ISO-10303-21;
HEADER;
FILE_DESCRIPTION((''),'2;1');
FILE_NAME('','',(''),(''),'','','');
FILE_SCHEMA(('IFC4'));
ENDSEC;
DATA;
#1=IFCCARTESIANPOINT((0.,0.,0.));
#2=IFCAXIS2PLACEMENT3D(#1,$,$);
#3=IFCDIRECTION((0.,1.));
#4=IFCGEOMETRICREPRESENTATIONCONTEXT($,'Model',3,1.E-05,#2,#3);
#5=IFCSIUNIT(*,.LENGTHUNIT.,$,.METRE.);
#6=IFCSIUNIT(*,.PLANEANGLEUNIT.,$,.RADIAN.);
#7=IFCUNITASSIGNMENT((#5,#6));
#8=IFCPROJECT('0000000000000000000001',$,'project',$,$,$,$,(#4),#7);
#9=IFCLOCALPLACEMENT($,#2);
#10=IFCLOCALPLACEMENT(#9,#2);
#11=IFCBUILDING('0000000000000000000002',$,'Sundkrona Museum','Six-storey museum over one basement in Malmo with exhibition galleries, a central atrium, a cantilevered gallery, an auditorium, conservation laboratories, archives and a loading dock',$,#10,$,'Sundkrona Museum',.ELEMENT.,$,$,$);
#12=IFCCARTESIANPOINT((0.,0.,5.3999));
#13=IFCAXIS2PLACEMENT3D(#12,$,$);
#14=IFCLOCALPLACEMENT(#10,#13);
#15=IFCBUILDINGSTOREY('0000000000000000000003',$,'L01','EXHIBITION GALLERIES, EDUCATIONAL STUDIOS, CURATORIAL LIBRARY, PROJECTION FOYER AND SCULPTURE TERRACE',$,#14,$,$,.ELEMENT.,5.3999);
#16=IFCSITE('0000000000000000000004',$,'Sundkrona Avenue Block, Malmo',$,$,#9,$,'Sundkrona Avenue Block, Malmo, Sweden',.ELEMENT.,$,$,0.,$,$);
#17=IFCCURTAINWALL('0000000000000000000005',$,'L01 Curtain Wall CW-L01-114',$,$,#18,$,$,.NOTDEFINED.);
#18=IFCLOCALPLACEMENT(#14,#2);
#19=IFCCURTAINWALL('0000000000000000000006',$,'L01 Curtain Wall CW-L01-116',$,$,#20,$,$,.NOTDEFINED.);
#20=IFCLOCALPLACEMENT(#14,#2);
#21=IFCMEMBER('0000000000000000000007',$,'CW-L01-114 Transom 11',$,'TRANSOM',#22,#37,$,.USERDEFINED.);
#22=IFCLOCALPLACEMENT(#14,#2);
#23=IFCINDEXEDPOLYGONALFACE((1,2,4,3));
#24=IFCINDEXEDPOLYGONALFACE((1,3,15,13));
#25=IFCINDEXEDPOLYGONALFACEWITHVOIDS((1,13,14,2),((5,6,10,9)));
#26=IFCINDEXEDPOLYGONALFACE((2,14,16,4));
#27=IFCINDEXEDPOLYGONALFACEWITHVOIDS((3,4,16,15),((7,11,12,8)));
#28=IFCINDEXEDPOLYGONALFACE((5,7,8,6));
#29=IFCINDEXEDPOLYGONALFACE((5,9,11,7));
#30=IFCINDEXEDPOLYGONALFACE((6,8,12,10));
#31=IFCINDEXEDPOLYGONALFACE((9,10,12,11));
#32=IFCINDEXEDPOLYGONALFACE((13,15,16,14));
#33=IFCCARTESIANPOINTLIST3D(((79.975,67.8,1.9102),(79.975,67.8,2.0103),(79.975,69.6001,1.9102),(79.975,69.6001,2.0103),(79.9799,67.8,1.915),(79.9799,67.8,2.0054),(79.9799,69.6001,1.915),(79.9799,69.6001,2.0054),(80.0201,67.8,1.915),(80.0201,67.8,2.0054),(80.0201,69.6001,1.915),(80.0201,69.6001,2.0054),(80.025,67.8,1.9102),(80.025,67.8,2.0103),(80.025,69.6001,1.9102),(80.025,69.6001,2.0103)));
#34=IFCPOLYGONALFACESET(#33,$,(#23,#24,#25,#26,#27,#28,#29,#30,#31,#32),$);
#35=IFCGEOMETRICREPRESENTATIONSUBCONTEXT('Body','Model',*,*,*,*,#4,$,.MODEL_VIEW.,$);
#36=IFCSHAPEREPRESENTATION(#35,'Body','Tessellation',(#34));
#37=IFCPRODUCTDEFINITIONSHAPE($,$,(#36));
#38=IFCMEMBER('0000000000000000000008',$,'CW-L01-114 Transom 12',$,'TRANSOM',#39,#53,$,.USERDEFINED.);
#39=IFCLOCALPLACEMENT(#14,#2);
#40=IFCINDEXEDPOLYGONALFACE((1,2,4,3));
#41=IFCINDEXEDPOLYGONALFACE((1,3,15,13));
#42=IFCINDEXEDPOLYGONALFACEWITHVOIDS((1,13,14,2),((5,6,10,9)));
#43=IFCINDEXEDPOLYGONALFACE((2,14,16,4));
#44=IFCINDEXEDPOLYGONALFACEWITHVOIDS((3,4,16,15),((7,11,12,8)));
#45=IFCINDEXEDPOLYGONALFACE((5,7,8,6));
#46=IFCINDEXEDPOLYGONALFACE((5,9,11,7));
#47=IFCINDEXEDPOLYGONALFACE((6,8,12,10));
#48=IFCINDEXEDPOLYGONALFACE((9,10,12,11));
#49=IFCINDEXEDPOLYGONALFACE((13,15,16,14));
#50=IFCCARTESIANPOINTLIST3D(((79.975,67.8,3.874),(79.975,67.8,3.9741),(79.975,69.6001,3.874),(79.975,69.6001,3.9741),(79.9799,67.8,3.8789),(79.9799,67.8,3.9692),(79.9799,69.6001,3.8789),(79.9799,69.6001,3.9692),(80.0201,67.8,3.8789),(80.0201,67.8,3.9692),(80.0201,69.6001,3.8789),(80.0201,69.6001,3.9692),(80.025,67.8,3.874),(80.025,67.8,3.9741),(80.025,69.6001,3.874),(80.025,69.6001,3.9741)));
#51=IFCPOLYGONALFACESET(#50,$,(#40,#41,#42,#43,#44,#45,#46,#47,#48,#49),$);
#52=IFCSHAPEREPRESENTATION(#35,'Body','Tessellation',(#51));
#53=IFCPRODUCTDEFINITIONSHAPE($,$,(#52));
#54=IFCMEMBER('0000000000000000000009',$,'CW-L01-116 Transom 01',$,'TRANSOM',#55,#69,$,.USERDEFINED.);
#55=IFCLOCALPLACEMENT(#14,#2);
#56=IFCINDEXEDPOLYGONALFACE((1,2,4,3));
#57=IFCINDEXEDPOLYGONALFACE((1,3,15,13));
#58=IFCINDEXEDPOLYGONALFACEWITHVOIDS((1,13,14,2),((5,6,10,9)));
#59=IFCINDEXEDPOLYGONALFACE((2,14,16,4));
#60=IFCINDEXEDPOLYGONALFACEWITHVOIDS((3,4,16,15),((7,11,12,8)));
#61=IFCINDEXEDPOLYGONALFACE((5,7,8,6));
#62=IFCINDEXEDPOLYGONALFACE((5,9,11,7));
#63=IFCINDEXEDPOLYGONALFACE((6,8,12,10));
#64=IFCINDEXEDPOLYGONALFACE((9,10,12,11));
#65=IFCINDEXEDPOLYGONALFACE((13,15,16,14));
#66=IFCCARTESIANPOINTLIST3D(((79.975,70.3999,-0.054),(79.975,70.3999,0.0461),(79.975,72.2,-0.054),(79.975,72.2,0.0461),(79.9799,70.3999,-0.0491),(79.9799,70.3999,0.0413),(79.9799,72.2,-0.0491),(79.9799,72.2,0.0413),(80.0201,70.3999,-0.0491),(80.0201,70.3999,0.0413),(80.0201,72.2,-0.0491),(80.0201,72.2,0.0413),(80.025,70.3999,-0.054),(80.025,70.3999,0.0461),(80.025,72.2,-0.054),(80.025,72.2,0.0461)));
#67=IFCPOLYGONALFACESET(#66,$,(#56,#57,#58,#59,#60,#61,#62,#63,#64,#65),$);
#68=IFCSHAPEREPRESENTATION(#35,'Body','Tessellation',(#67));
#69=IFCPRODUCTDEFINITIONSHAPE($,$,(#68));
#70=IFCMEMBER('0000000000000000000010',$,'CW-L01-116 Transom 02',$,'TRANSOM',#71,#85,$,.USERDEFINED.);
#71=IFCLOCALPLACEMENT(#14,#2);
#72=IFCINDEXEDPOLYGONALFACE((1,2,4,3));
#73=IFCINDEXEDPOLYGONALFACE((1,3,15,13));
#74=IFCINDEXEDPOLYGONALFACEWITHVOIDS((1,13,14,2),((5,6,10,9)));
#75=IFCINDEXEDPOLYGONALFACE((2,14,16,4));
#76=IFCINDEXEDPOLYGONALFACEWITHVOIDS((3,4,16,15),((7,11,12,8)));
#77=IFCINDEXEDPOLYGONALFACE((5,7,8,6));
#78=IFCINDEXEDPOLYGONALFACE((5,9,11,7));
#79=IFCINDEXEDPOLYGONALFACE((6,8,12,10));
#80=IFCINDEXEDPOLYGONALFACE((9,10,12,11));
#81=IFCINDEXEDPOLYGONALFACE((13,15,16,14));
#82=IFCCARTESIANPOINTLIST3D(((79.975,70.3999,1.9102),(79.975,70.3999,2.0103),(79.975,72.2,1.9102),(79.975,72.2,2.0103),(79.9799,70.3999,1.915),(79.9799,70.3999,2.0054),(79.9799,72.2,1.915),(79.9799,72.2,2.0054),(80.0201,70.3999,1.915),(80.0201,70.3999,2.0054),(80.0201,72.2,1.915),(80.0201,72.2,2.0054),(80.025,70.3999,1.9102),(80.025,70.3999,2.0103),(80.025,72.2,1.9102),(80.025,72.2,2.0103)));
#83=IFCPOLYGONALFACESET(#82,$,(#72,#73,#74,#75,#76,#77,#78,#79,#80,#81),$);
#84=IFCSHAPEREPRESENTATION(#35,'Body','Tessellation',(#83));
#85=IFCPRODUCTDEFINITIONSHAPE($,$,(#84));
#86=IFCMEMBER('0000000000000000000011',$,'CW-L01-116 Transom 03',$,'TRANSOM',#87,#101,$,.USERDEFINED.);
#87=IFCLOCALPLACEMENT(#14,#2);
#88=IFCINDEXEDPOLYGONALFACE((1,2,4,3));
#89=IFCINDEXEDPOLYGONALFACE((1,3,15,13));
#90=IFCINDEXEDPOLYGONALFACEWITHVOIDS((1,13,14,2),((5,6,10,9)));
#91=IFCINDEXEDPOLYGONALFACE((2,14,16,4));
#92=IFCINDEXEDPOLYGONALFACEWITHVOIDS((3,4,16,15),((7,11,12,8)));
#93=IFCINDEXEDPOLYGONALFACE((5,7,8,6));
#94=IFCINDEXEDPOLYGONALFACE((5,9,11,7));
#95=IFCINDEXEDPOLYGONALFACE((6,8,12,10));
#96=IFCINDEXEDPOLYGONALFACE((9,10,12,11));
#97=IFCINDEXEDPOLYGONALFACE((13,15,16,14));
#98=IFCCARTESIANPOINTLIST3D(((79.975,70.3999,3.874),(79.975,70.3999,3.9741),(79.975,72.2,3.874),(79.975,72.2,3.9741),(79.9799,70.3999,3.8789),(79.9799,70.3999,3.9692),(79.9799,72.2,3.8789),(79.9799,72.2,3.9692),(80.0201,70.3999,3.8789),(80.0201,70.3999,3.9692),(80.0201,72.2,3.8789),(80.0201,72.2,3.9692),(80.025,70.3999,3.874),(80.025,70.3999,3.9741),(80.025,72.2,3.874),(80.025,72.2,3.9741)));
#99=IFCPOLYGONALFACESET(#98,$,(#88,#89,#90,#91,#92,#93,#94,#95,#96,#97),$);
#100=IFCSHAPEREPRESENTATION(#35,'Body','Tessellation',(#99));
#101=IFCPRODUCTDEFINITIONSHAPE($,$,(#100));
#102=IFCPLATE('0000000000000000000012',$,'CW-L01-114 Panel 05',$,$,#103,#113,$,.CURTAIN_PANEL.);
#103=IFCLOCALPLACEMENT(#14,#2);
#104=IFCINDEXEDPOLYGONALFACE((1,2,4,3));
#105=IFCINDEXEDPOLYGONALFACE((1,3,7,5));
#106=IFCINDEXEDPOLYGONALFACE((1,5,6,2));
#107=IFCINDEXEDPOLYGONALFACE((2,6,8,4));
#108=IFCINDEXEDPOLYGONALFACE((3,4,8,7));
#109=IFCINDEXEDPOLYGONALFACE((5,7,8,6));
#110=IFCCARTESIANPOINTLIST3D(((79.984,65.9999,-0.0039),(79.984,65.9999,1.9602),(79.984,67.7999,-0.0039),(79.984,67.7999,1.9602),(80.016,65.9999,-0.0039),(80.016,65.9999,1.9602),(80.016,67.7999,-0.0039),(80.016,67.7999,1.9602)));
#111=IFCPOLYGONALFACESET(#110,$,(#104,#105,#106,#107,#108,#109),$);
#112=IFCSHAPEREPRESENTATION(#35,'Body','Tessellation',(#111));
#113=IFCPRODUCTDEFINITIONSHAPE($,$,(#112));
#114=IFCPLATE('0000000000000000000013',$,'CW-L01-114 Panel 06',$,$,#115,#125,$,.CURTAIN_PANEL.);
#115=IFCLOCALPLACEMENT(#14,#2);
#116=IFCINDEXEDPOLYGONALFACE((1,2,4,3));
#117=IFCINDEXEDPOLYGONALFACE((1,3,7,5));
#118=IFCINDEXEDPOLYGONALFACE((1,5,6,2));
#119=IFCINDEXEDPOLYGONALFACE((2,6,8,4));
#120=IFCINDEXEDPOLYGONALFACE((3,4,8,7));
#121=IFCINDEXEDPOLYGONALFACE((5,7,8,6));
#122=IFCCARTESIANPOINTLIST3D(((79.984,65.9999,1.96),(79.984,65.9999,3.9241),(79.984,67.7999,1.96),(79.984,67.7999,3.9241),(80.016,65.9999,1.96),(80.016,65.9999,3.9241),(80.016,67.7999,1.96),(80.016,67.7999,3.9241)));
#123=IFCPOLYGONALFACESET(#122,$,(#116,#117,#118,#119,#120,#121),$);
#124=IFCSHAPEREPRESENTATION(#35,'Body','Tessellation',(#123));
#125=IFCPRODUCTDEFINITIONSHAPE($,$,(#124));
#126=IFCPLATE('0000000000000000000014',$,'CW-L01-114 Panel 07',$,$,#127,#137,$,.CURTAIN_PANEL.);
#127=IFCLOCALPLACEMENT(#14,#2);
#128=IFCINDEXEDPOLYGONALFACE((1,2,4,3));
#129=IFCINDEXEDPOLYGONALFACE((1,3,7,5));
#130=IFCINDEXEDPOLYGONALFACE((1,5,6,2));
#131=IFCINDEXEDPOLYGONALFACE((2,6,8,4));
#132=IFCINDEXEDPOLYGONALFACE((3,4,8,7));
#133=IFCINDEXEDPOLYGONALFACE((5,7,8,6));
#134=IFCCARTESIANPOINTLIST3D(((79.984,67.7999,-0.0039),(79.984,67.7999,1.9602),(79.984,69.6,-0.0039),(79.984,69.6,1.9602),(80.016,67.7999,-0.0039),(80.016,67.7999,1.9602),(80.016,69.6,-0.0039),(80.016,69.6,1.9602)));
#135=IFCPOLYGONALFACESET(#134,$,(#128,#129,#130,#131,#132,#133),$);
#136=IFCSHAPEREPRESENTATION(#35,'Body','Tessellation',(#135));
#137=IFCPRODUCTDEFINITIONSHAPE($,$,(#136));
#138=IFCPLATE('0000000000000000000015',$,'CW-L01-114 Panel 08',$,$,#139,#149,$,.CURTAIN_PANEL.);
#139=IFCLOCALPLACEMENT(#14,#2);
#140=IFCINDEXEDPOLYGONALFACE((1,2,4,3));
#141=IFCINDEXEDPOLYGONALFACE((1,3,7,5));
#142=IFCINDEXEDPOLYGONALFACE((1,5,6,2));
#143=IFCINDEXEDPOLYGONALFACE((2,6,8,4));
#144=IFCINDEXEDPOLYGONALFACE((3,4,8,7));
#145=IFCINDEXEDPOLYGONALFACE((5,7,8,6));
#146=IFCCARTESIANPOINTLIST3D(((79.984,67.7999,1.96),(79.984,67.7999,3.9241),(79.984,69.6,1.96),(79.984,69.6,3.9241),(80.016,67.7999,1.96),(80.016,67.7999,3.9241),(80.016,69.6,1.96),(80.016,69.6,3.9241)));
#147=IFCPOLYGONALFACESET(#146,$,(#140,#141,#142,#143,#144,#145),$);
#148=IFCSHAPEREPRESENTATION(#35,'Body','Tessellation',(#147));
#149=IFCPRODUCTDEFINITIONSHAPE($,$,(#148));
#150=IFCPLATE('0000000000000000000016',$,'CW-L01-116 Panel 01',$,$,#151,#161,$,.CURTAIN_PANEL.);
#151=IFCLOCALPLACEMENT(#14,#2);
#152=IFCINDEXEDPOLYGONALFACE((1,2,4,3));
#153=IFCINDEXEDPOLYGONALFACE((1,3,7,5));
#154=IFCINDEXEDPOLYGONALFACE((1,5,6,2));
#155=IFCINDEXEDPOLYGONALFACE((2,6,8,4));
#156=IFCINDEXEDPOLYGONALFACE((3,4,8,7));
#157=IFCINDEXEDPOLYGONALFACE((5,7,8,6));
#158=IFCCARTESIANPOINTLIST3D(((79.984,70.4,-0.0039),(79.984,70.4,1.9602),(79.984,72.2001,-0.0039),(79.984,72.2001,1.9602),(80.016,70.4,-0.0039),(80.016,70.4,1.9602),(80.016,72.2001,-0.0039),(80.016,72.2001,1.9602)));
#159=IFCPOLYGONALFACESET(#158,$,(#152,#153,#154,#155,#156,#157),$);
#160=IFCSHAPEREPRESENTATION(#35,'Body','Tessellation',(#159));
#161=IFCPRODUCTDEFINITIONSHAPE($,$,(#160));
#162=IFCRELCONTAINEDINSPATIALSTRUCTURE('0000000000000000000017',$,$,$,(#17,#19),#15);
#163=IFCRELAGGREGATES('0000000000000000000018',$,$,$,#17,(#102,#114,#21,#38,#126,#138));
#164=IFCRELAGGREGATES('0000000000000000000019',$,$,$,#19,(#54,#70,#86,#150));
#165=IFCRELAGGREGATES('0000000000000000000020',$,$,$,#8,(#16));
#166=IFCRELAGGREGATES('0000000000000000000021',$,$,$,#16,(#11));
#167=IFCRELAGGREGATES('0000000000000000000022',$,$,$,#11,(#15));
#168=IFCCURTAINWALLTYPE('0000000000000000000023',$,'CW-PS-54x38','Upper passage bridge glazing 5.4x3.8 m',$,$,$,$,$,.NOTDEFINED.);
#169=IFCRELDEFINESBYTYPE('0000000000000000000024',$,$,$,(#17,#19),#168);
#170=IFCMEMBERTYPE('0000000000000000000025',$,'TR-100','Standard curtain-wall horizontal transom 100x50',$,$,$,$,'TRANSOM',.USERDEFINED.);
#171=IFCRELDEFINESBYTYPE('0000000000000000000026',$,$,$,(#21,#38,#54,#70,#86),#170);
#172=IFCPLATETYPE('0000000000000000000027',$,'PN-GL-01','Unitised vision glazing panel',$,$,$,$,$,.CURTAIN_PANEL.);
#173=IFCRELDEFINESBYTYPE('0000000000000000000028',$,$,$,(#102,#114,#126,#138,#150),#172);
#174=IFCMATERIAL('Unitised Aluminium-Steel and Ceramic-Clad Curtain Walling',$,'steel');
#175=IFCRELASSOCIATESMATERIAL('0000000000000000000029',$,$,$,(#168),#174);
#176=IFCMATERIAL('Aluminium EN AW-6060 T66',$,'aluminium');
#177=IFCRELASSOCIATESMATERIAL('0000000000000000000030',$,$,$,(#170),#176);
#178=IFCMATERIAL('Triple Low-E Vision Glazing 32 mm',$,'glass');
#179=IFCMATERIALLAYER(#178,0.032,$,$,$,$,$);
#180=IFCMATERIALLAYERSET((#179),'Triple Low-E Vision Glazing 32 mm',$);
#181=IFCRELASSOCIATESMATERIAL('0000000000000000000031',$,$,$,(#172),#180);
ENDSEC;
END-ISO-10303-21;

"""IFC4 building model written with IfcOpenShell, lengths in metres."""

from ifc_helpers import new_model, si_unit, direction, frame, origin, origin_2d, place, context, subcontext, project, spatial, rectangle, hollow_rectangle, extrude, material, layer, layer_set, material_profile, profile_set, type_object, element, aggregate, save


model = new_model("IFC4")

# Units and contexts
model_context = context("Model", 3, precision=1e-05, world=origin(), true_north=direction((0.0, 1.0)))
body_context = subcontext(model_context, "Body", "Model", "MODEL_VIEW")
ifc_project = project(units=[si_unit("LENGTHUNIT", "METRE"), si_unit("PLANEANGLEUNIT", "RADIAN")], contexts=[model_context])

# Site, building, storey
site_placement = place(None, origin())
site = spatial("IfcSite", under=ifc_project, at=site_placement, Name="Sundkrona Avenue Block, Malmo", LongName="Sundkrona Avenue Block, Malmo, Sweden", CompositionType="ELEMENT", RefElevation=0.0)
building_placement = place(site_placement, origin())
building = spatial("IfcBuilding", under=site, at=building_placement, Name="Sundkrona Museum", Description="Six-storey museum over one basement in Malmo with exhibition galleries, a central atrium, a cantilevered gallery, an auditorium, conservation laboratories, archives and a loading dock", LongName="Sundkrona Museum", CompositionType="ELEMENT")
storey_placement = place(building_placement, frame((0.0, 0.0, 5.3999)))
storey = spatial("IfcBuildingStorey", under=building, at=storey_placement, Name="L01", Description="EXHIBITION GALLERIES, EDUCATIONAL STUDIOS, CURATORIAL LIBRARY, PROJECTION FOYER AND SCULPTURE TERRACE", CompositionType="ELEMENT", Elevation=5.3999)

# Curtain wall
ifc_material_1 = material(Name="Unitised Aluminium-Steel and Ceramic-Clad Curtain Walling", Category="steel")
curtain_wall_type = type_object("IfcCurtainWallType", Name="CW-PS-54x38", Description="Upper passage bridge glazing 5.4x3.8 m", PredefinedType="NOTDEFINED", material=ifc_material_1)
curtain_wall_1_placement = place(storey_placement, origin())
curtain_wall_1 = element("IfcCurtainWall", 1, at=curtain_wall_1_placement, inside=storey, type_object=curtain_wall_type, Name="L01 Curtain Wall CW-L01-114", PredefinedType="NOTDEFINED")
ifc_material_2 = material(Name="Aluminium EN AW-6060 T66", Category="aluminium")

# Curtain wall
curtain_wall_2_placement = place(storey_placement, origin())
curtain_wall_2 = element("IfcCurtainWall", 2, at=curtain_wall_2_placement, inside=storey, type_object=curtain_wall_type, Name="L01 Curtain Wall CW-L01-116", PredefinedType="NOTDEFINED")

# Members
ifc_material_profile_1 = material_profile(ifc_material_2, hollow_rectangle(XDim=0.05, YDim=0.1001, WallThickness=0.0049, at=origin_2d()), Name="RHS 100x50x5.0")
ifc_profile_set_1 = profile_set([ifc_material_profile_1], Name="Aluminium EN AW-6060 T66")
member_type_1 = type_object("IfcMemberType", Name="TR-100", Description="Standard curtain-wall horizontal transom 100x50", ElementType="TRANSOM", PredefinedType="USERDEFINED", material=ifc_profile_set_1)
member_1_placement = place(storey_placement, frame((80.0, 67.8, 1.9602), z_axis=(0.0, 1.0, 0.0), x_axis=(-1.0, 0.0, 0.0)))
member_1 = element("IfcMember", 3, at=member_1_placement, type_object=member_type_1, Name="CW-L01-114 Transom 11", ObjectType="TRANSOM", PredefinedType="USERDEFINED", context=body_context, shape_type="SweptSolid", body=[
    extrude(hollow_rectangle(XDim=0.05, YDim=0.1001, WallThickness=0.0049, at=origin_2d()), origin(), (0.0, 0.0, 1.0), 1.8),
])
member_2_placement = place(storey_placement, frame((80.0, 67.8, 3.9241), z_axis=(0.0, 1.0, 0.0), x_axis=(-1.0, 0.0, 0.0)))
member_2 = element("IfcMember", 4, at=member_2_placement, type_object=member_type_1, Name="CW-L01-114 Transom 12", ObjectType="TRANSOM", PredefinedType="USERDEFINED", context=body_context, shape_type="SweptSolid", body=[
    extrude(hollow_rectangle(XDim=0.05, YDim=0.1001, WallThickness=0.0049, at=origin_2d()), origin(), (0.0, 0.0, 1.0), 1.8),
])
member_3_placement = place(storey_placement, frame((80.0, 70.3999, -0.0039), z_axis=(0.0, 1.0, 0.0), x_axis=(-1.0, 0.0, 0.0)))
member_3 = element("IfcMember", 5, at=member_3_placement, type_object=member_type_1, Name="CW-L01-116 Transom 01", ObjectType="TRANSOM", PredefinedType="USERDEFINED", context=body_context, shape_type="SweptSolid", body=[
    extrude(hollow_rectangle(XDim=0.05, YDim=0.1001, WallThickness=0.0049, at=origin_2d()), origin(), (0.0, 0.0, 1.0), 1.8),
])
member_4_placement = place(storey_placement, frame((80.0, 70.3999, 1.9602), z_axis=(0.0, 1.0, 0.0), x_axis=(-1.0, 0.0, 0.0)))
member_4 = element("IfcMember", 6, at=member_4_placement, type_object=member_type_1, Name="CW-L01-116 Transom 02", ObjectType="TRANSOM", PredefinedType="USERDEFINED", context=body_context, shape_type="SweptSolid", body=[
    extrude(hollow_rectangle(XDim=0.05, YDim=0.1001, WallThickness=0.0049, at=origin_2d()), origin(), (0.0, 0.0, 1.0), 1.8),
])
member_5_placement = place(storey_placement, frame((80.0, 70.3999, 3.9241), z_axis=(0.0, 1.0, 0.0), x_axis=(-1.0, 0.0, 0.0)))
member_5 = element("IfcMember", 7, at=member_5_placement, type_object=member_type_1, Name="CW-L01-116 Transom 03", ObjectType="TRANSOM", PredefinedType="USERDEFINED", context=body_context, shape_type="SweptSolid", body=[
    extrude(hollow_rectangle(XDim=0.05, YDim=0.1001, WallThickness=0.0049, at=origin_2d()), origin(), (0.0, 0.0, 1.0), 1.8),
])

# Plates
ifc_material_3 = material(Name="Triple Low-E Vision Glazing 32 mm", Category="glass")
ifc_layer = layer(ifc_material_3, 0.032)
ifc_layer_set = layer_set([ifc_layer], Name="Triple Low-E Vision Glazing 32 mm")
plate_type = type_object("IfcPlateType", Name="PN-GL-01", Description="Unitised vision glazing panel", PredefinedType="CURTAIN_PANEL", material=ifc_layer_set)
plate_1_placement = place(storey_placement, frame((80.0, 66.8999, -0.0039), z_axis=(0.0, 0.0, 1.0), x_axis=(0.0, 1.0, 0.0)))
plate_1 = element("IfcPlate", 8, at=plate_1_placement, type_object=plate_type, Name="CW-L01-114 Panel 05", PredefinedType="CURTAIN_PANEL", context=body_context, shape_type="SweptSolid", body=[
    extrude(rectangle(XDim=1.8, YDim=0.032, at=origin_2d()), origin(), (0.0, 0.0, 1.0), 1.9641),
])
plate_2_placement = place(storey_placement, frame((80.0, 66.8999, 1.96), z_axis=(0.0, 0.0, 1.0), x_axis=(0.0, 1.0, 0.0)))
plate_2 = element("IfcPlate", 9, at=plate_2_placement, type_object=plate_type, Name="CW-L01-114 Panel 06", PredefinedType="CURTAIN_PANEL", context=body_context, shape_type="SweptSolid", body=[
    extrude(rectangle(XDim=1.8, YDim=0.032, at=origin_2d()), origin(), (0.0, 0.0, 1.0), 1.9641),
])
plate_3_placement = place(storey_placement, frame((80.0, 68.7, -0.0039), z_axis=(0.0, 0.0, 1.0), x_axis=(0.0, 1.0, 0.0)))
plate_3 = element("IfcPlate", 10, at=plate_3_placement, type_object=plate_type, Name="CW-L01-114 Panel 07", PredefinedType="CURTAIN_PANEL", context=body_context, shape_type="SweptSolid", body=[
    extrude(rectangle(XDim=1.8, YDim=0.032, at=origin_2d()), origin(), (0.0, 0.0, 1.0), 1.9641),
])
plate_4_placement = place(storey_placement, frame((80.0, 68.7, 1.96), z_axis=(0.0, 0.0, 1.0), x_axis=(0.0, 1.0, 0.0)))
plate_4 = element("IfcPlate", 11, at=plate_4_placement, type_object=plate_type, Name="CW-L01-114 Panel 08", PredefinedType="CURTAIN_PANEL", context=body_context, shape_type="SweptSolid", body=[
    extrude(rectangle(XDim=1.8, YDim=0.032, at=origin_2d()), origin(), (0.0, 0.0, 1.0), 1.9641),
])
aggregate(curtain_wall_1, [plate_1, plate_2, member_1, member_2, plate_3, plate_4])
plate_5_placement = place(storey_placement, frame((80.0, 71.3, -0.0039), z_axis=(0.0, 0.0, 1.0), x_axis=(0.0, 1.0, 0.0)))
plate_5 = element("IfcPlate", 12, at=plate_5_placement, type_object=plate_type, Name="CW-L01-116 Panel 01", PredefinedType="CURTAIN_PANEL", context=body_context, shape_type="SweptSolid", body=[
    extrude(rectangle(XDim=1.8, YDim=0.032, at=origin_2d()), origin(), (0.0, 0.0, 1.0), 1.9641),
])
aggregate(curtain_wall_2, [member_3, member_4, member_5, plate_5])

save(model, "model.ifc")
